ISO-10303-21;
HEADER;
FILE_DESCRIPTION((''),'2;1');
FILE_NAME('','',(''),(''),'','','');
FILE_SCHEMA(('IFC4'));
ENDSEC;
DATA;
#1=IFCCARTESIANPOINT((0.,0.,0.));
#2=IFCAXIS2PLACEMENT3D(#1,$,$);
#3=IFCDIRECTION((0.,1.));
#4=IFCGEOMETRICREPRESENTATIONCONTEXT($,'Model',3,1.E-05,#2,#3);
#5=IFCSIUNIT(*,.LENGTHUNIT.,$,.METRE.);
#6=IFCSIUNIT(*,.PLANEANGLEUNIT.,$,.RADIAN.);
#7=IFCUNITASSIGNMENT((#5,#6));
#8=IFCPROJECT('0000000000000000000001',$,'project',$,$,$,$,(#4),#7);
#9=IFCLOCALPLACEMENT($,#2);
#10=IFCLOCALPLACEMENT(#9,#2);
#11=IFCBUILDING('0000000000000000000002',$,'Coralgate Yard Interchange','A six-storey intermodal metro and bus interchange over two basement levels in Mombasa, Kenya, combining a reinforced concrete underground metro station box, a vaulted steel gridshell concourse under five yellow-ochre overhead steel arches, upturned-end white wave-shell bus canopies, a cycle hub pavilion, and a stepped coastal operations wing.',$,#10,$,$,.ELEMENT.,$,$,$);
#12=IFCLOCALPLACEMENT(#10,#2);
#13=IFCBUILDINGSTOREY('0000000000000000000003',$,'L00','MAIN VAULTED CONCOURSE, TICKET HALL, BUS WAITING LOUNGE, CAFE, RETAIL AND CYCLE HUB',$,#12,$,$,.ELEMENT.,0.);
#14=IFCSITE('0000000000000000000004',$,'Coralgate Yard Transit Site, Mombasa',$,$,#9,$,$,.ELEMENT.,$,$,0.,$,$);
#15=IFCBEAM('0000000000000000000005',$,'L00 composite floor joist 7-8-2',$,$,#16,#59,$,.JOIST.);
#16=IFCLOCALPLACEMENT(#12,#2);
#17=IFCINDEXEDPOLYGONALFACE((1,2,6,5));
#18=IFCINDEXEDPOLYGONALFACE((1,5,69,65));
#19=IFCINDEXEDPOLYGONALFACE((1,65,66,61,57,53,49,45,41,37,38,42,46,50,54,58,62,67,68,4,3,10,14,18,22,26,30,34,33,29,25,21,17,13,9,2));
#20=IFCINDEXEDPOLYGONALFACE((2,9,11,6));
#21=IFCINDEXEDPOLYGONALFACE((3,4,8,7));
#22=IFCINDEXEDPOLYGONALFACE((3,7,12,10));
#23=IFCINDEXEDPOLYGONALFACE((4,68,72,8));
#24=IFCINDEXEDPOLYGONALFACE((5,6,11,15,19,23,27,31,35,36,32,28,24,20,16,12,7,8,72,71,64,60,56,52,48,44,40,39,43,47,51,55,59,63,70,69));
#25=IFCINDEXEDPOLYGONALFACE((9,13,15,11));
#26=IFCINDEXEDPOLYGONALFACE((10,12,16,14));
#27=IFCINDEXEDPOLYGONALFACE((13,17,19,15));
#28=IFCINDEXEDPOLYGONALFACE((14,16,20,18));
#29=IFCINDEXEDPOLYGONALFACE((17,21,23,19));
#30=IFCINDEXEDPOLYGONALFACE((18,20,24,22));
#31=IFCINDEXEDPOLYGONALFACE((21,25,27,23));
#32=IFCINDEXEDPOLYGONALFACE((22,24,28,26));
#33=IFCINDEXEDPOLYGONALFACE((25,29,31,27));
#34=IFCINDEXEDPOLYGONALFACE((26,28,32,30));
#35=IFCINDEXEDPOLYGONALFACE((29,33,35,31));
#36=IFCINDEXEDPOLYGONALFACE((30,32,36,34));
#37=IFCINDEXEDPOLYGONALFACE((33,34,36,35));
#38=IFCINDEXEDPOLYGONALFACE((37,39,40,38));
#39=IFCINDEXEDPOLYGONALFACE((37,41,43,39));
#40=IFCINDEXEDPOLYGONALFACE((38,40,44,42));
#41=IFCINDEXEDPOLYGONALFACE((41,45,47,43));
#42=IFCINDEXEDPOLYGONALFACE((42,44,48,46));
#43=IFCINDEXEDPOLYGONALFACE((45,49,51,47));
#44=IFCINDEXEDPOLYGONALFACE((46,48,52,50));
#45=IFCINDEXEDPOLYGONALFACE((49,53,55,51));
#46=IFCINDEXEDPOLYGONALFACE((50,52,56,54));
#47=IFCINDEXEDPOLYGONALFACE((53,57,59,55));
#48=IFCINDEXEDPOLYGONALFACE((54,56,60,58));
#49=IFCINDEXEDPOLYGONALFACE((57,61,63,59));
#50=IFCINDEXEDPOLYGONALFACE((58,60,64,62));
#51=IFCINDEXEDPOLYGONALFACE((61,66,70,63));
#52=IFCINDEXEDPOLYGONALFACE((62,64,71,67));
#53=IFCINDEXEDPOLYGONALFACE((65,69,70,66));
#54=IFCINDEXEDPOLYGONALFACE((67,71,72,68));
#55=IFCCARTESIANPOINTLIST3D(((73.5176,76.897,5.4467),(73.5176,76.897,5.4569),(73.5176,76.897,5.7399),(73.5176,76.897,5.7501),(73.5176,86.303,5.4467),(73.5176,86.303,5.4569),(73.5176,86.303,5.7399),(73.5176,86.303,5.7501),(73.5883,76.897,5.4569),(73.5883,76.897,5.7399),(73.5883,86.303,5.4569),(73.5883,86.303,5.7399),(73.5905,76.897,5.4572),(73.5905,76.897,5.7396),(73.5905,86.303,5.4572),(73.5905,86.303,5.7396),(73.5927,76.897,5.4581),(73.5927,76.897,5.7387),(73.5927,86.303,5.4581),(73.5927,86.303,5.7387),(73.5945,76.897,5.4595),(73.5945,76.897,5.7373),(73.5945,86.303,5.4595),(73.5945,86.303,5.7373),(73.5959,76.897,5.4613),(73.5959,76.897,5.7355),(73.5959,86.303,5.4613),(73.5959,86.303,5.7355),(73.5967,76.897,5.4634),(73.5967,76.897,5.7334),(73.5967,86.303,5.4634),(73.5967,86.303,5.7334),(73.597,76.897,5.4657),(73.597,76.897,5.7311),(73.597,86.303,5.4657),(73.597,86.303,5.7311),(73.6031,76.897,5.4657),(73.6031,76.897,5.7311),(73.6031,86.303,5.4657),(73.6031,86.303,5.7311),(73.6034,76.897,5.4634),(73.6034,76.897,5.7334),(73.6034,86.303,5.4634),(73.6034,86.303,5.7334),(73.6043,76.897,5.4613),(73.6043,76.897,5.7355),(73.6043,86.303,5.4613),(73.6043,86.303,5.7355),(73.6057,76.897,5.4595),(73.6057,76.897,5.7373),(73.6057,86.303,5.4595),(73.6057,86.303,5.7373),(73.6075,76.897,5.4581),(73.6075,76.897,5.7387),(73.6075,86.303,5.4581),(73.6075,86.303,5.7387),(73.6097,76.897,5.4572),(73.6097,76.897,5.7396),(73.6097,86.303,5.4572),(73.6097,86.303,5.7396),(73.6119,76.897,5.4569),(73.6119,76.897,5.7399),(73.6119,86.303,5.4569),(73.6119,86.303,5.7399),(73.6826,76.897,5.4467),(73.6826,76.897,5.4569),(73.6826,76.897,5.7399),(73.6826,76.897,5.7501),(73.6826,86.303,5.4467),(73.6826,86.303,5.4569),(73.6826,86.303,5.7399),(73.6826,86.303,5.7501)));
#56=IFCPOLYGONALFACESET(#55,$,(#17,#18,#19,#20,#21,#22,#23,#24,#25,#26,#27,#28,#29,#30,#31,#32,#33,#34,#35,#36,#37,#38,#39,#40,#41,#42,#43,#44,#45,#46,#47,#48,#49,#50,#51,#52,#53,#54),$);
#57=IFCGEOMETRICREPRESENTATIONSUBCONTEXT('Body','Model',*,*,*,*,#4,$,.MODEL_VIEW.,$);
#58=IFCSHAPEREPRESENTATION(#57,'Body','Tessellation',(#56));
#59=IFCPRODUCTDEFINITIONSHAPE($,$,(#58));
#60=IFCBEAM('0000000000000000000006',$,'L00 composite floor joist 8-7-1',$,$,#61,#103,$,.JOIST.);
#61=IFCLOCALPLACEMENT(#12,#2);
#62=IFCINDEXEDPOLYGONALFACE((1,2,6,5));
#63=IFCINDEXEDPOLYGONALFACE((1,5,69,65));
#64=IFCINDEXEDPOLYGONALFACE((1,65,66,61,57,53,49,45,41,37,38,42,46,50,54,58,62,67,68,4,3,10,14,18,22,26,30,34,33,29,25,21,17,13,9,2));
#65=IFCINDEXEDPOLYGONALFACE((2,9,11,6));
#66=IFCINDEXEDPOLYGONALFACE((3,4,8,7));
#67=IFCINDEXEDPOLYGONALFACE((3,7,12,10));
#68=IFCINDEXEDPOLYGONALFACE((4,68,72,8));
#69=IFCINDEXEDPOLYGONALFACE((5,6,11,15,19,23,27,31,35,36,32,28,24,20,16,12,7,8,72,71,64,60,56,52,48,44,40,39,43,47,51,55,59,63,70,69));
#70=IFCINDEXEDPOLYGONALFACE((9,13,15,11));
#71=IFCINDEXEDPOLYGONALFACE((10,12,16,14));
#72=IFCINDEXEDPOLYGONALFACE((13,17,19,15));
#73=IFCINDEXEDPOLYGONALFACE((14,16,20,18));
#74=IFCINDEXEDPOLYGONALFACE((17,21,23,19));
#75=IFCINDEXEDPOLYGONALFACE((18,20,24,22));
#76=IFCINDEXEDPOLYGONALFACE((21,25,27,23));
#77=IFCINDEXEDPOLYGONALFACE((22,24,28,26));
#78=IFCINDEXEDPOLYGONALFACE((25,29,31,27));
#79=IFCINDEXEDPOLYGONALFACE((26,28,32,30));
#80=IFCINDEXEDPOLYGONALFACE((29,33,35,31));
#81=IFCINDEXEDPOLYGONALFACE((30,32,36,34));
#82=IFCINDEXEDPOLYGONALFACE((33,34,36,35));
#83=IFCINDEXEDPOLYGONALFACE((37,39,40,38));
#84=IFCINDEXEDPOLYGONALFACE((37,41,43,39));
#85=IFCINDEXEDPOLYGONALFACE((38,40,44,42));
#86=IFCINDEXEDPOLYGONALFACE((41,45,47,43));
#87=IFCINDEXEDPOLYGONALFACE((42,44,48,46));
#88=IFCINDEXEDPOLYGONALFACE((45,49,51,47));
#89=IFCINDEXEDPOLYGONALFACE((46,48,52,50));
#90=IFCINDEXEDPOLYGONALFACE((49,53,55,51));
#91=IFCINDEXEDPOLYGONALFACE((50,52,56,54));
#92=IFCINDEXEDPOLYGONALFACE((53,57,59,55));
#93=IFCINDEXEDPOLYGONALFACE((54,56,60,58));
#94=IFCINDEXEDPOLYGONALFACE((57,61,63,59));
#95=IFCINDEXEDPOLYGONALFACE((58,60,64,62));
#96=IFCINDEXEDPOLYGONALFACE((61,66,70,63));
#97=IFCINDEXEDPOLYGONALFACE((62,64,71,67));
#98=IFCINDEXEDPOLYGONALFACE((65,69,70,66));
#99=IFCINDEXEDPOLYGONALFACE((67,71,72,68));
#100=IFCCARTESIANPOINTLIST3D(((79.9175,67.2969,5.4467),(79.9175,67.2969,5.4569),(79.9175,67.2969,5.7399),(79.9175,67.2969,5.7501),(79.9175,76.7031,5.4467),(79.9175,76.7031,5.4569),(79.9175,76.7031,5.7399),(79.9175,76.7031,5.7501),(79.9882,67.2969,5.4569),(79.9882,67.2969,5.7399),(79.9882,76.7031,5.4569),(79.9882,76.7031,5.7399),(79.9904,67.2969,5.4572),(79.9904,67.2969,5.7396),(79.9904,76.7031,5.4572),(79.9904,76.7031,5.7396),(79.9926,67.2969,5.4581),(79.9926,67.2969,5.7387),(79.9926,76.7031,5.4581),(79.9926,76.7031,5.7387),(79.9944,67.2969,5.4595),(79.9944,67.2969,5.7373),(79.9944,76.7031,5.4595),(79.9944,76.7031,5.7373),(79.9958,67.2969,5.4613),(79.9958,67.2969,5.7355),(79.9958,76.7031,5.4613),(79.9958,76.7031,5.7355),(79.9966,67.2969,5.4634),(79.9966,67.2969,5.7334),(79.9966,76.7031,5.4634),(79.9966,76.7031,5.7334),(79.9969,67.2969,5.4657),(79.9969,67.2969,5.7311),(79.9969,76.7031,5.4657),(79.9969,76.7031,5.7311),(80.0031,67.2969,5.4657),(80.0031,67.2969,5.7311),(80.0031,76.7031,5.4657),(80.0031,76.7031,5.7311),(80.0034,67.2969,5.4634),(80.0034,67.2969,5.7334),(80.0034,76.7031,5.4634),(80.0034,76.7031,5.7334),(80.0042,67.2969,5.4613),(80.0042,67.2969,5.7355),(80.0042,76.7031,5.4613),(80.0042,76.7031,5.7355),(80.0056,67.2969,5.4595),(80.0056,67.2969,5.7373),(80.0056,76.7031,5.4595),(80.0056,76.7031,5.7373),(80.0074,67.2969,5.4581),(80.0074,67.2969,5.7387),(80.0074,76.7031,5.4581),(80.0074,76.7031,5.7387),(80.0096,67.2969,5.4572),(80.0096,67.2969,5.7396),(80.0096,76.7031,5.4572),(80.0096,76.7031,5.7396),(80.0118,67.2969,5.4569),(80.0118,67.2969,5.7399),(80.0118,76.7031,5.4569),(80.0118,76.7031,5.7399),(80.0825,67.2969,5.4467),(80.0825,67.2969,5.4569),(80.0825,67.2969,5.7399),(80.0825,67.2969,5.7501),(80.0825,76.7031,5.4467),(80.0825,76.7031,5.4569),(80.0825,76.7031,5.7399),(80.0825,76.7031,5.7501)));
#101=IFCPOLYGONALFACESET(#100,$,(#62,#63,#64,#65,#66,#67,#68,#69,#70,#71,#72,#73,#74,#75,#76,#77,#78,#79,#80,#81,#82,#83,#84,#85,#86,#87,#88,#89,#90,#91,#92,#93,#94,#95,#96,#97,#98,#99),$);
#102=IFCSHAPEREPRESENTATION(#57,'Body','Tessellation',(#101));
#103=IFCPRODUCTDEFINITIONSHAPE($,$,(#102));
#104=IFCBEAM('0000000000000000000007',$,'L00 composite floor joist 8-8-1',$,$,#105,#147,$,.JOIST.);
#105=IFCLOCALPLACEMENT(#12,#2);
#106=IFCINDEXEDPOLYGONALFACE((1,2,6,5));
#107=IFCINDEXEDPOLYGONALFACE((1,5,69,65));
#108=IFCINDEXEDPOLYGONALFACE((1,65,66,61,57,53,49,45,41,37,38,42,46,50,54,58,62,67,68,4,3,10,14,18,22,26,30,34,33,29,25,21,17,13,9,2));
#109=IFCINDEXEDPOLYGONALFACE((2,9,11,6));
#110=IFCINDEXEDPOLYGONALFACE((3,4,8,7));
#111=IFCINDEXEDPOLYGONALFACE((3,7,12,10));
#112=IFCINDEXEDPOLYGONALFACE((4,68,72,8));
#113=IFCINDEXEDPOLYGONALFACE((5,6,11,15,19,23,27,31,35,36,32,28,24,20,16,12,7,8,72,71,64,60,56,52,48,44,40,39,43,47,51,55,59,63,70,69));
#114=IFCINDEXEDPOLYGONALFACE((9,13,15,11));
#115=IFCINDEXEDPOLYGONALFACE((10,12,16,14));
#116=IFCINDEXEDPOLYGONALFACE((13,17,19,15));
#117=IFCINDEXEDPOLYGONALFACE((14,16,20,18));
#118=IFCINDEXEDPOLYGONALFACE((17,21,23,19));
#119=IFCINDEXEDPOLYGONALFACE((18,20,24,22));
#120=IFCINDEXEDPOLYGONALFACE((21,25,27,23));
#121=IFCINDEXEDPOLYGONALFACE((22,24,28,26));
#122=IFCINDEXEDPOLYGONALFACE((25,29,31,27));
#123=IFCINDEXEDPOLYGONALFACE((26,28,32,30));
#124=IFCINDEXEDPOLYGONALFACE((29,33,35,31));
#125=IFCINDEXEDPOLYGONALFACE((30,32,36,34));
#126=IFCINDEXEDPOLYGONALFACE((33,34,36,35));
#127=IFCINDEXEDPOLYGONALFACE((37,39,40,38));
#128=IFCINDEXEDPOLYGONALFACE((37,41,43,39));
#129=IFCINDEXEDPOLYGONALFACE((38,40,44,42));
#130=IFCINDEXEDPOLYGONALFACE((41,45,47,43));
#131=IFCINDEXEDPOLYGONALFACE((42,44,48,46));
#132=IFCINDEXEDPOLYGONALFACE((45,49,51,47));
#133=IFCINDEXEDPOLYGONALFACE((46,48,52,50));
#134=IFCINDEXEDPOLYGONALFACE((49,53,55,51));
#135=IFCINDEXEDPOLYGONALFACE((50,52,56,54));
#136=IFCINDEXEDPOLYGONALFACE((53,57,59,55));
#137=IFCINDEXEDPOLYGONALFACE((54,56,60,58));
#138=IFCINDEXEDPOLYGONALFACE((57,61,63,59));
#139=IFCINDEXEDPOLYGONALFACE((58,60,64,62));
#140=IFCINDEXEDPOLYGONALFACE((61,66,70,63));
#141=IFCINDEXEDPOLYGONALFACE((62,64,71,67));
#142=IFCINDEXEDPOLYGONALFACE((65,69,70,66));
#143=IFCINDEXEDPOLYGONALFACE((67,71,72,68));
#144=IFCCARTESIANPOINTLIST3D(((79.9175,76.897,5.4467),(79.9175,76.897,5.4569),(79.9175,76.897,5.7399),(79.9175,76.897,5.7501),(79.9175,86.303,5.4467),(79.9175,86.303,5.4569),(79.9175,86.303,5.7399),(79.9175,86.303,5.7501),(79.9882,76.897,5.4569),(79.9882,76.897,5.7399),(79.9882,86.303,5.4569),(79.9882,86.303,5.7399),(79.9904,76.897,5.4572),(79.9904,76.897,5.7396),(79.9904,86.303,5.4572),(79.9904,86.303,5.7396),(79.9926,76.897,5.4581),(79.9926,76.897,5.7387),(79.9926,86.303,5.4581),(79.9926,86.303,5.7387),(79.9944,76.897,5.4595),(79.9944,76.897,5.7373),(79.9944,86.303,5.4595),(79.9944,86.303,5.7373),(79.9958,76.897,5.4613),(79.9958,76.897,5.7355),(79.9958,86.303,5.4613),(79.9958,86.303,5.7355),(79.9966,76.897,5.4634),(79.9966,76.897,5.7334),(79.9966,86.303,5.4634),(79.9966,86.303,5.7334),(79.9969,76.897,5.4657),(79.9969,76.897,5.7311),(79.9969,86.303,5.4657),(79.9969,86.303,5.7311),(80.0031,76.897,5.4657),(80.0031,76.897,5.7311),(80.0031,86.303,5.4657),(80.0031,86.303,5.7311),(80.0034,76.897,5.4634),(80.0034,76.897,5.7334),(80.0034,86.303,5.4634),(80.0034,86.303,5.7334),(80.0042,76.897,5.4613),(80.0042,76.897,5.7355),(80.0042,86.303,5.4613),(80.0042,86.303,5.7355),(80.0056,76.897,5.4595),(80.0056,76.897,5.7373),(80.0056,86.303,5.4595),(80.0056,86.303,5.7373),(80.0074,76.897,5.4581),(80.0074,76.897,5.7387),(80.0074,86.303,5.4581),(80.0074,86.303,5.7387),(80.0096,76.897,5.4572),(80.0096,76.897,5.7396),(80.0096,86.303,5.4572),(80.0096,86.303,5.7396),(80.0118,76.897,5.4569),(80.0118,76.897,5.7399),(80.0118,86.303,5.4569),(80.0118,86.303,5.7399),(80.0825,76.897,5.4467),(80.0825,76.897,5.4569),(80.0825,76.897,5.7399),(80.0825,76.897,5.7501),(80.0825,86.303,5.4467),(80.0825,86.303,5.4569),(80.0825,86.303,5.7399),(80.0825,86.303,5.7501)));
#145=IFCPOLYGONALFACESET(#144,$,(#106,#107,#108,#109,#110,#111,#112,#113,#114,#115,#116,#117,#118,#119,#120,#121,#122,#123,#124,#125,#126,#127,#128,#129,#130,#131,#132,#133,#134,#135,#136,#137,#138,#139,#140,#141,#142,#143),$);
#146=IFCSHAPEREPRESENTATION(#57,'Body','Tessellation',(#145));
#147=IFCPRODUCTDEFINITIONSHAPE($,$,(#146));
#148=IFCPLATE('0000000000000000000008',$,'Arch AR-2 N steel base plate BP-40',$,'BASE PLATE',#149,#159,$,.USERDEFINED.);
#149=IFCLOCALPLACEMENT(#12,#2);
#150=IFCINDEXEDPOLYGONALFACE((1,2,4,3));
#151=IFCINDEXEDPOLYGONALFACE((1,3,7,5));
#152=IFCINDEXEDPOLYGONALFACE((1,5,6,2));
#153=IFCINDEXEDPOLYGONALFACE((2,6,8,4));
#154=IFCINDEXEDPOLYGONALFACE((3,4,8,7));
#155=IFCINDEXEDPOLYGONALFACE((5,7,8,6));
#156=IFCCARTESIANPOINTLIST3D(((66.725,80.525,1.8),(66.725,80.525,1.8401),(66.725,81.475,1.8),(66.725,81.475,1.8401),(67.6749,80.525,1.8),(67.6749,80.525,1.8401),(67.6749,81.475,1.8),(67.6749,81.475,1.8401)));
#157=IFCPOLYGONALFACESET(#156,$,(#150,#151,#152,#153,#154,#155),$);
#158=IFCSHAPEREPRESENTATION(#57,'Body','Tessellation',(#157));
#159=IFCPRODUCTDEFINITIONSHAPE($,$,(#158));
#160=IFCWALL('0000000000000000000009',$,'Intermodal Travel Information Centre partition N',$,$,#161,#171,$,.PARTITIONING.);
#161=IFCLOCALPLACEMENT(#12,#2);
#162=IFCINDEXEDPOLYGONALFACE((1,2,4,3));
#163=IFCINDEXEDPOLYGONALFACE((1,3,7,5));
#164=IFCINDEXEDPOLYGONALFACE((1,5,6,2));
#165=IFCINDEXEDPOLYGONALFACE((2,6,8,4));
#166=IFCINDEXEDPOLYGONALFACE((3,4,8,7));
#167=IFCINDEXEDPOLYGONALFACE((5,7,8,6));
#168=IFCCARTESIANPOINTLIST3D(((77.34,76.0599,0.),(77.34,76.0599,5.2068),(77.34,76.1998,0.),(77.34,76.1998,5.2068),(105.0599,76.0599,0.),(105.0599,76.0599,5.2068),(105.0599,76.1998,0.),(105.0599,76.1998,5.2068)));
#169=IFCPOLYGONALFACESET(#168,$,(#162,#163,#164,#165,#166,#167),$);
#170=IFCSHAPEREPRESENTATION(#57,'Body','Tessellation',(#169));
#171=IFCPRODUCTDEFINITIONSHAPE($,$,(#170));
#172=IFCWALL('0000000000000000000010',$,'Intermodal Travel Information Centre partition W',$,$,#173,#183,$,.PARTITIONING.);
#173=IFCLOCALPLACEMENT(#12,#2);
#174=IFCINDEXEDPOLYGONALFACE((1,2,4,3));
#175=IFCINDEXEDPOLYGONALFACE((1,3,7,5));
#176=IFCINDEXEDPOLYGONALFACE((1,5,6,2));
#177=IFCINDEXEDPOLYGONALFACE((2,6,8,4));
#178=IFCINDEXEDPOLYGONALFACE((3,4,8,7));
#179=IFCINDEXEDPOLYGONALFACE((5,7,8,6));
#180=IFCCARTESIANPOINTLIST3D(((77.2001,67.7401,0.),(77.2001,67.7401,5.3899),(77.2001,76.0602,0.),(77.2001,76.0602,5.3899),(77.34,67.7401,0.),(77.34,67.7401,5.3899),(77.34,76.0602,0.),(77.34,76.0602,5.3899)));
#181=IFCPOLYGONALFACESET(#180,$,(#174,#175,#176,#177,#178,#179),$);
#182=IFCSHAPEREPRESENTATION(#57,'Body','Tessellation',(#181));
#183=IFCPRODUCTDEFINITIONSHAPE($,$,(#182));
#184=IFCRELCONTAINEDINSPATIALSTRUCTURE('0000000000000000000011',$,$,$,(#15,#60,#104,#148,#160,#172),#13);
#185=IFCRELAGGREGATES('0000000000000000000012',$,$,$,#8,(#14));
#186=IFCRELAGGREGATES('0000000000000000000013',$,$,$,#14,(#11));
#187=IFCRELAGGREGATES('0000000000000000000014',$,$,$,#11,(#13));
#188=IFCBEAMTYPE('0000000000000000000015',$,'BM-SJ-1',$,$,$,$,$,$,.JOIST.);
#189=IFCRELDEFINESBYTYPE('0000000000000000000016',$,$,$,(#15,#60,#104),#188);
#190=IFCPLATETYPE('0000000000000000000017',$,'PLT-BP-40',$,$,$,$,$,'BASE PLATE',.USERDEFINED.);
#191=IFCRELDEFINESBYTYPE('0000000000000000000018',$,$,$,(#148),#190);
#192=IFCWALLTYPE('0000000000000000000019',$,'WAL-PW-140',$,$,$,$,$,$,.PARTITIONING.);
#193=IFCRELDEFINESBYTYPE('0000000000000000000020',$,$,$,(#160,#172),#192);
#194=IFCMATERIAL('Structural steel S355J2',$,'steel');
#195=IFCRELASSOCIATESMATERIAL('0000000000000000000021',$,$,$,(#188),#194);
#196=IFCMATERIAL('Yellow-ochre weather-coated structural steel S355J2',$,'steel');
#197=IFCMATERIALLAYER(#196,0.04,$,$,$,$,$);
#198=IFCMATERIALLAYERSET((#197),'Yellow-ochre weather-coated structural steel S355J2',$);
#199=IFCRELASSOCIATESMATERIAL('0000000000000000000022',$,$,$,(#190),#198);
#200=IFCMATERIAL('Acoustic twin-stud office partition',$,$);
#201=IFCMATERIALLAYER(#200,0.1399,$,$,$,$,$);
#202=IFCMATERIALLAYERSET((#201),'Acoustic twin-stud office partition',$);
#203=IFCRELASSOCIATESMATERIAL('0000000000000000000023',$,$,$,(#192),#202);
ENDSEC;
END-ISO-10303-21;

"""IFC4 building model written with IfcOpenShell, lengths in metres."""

from ifc_helpers import new_model, si_unit, direction, frame, frame_2d, origin, origin_2d, place, context, subcontext, project, spatial, rectangle, i_section, extrude, material, layer, layer_set, material_profile, profile_set, type_object, element, save


model = new_model("IFC4")

# Units and contexts
model_context = context("Model", 3, precision=1e-05, world=origin(), true_north=direction((0.0, 1.0)))
body_context = subcontext(model_context, "Body", "Model", "MODEL_VIEW")
ifc_project = project(units=[si_unit("LENGTHUNIT", "METRE"), si_unit("PLANEANGLEUNIT", "RADIAN")], contexts=[model_context])

# Site, building, storey
site_placement = place(None, origin())
site = spatial("IfcSite", under=ifc_project, at=site_placement, Name="Coralgate Yard Transit Site, Mombasa", CompositionType="ELEMENT", RefElevation=0.0)
building_placement = place(site_placement, origin())
building = spatial("IfcBuilding", under=site, at=building_placement, Name="Coralgate Yard Interchange", Description="A six-storey intermodal metro and bus interchange over two basement levels in Mombasa, Kenya, combining a reinforced concrete underground metro station box, a vaulted steel gridshell concourse under five yellow-ochre overhead steel arches, upturned-end white wave-shell bus canopies, a cycle hub pavilion, and a stepped coastal operations wing.", CompositionType="ELEMENT")
storey_placement = place(building_placement, origin())
storey = spatial("IfcBuildingStorey", under=building, at=storey_placement, Name="L00", Description="MAIN VAULTED CONCOURSE, TICKET HALL, BUS WAITING LOUNGE, CAFE, RETAIL AND CYCLE HUB", CompositionType="ELEMENT", Elevation=0.0)

# Shared definitions
ifc_material_1 = material(Name="Structural steel S355J2", Category="steel")

# Beams
ifc_material_profile_1 = material_profile(ifc_material_1, i_section(OverallWidth=0.165, OverallDepth=0.3035, WebThickness=0.0061, FlangeThickness=0.0103, FilletRadius=0.0088, at=origin_2d()), Name="UB 305x165x40")
ifc_profile_set_1 = profile_set([ifc_material_profile_1], Name="Structural steel S355J2")
beam_type_1 = type_object("IfcBeamType", Name="BM-SJ-1", PredefinedType="JOIST", material=ifc_profile_set_1)
for number, where, z_axis, x_axis, name in (
    (1, (73.6001, 76.897, 5.5984), (0.0, 1.0, 0.0), (-1.0, 0.0, 0.0), "L00 composite floor joist 7-8-2"),
):
    element("IfcBeam", number, at=place(storey_placement, frame(where, z_axis=z_axis, x_axis=x_axis)), inside=storey, type_object=beam_type_1, Name=name, PredefinedType="JOIST", context=body_context, shape_type="SweptSolid", body=[
        extrude(i_section(OverallWidth=0.165, OverallDepth=0.3035, WebThickness=0.0061, FlangeThickness=0.0103, FilletRadius=0.0088, at=origin_2d()), origin(), (0.0, 0.0, 1.0), 9.406),
    ])
beam_1_placement = place(storey_placement, frame((80.0, 67.2969, 5.5984), z_axis=(0.0, 1.0, 0.0), x_axis=(-1.0, 0.0, 0.0)))
element("IfcBeam", 2, at=beam_1_placement, inside=storey, type_object=beam_type_1, Name="L00 composite floor joist 8-7-1", PredefinedType="JOIST", context=body_context, shape_type="SweptSolid", body=[
    extrude(i_section(OverallWidth=0.165, OverallDepth=0.3035, WebThickness=0.0061, FlangeThickness=0.0103, FilletRadius=0.0088, at=origin_2d()), origin(), (0.0, 0.0, 1.0), 9.4062),
])
beam_2_placement = place(storey_placement, frame((80.0, 76.897, 5.5984), z_axis=(0.0, 1.0, 0.0), x_axis=(-1.0, 0.0, 0.0)))
element("IfcBeam", 3, at=beam_2_placement, inside=storey, type_object=beam_type_1, Name="L00 composite floor joist 8-8-1", PredefinedType="JOIST", context=body_context, shape_type="SweptSolid", body=[
    extrude(i_section(OverallWidth=0.165, OverallDepth=0.3035, WebThickness=0.0061, FlangeThickness=0.0103, FilletRadius=0.0088, at=origin_2d()), origin(), (0.0, 0.0, 1.0), 9.406),
])

# Plate
ifc_material_2 = material(Name="Yellow-ochre weather-coated structural steel S355J2", Category="steel")
ifc_layer_1 = layer(ifc_material_2, 0.04)
ifc_layer_set_1 = layer_set([ifc_layer_1], Name="Yellow-ochre weather-coated structural steel S355J2")
plate_type = type_object("IfcPlateType", Name="PLT-BP-40", ElementType="BASE PLATE", PredefinedType="USERDEFINED", material=ifc_layer_set_1)
plate_placement = place(storey_placement, frame((67.2, 81.0, 1.8), z_axis=(0.0, 0.0, 1.0), x_axis=(1.0, 0.0, 0.0)))
element("IfcPlate", 4, at=plate_placement, inside=storey, type_object=plate_type, Name="Arch AR-2 N steel base plate BP-40", ObjectType="BASE PLATE", PredefinedType="USERDEFINED", context=body_context, shape_type="SweptSolid", body=[
    extrude(rectangle(XDim=0.95, YDim=0.95, at=origin_2d()), origin(), (0.0, 0.0, 1.0), 0.04),
])

# Walls
ifc_material_3 = material(Name="Acoustic twin-stud office partition")
ifc_layer_2 = layer(ifc_material_3, 0.1399)
ifc_layer_set_2 = layer_set([ifc_layer_2], Name="Acoustic twin-stud office partition")
wall_type_1 = type_object("IfcWallType", Name="WAL-PW-140", PredefinedType="PARTITIONING", material=ifc_layer_set_2)
wall_1_placement = place(storey_placement, frame((77.3401, 76.1299, 0.0), z_axis=(0.0, 0.0, 1.0), x_axis=(1.0, 0.0, 0.0)))
element("IfcWall", 5, at=wall_1_placement, inside=storey, type_object=wall_type_1, Name="Intermodal Travel Information Centre partition N", PredefinedType="PARTITIONING", context=body_context, shape_type="SweptSolid", body=[
    extrude(rectangle(XDim=27.72, YDim=0.1399, at=frame_2d((13.8599, 0.0))), origin(), (0.0, 0.0, 1.0), 5.2068),
])
wall_2_placement = place(storey_placement, frame((77.27, 67.74, 0.0), z_axis=(0.0, 0.0, 1.0), x_axis=(0.0, 1.0, 0.0)))
element("IfcWall", 6, at=wall_2_placement, inside=storey, type_object=wall_type_1, Name="Intermodal Travel Information Centre partition W", PredefinedType="PARTITIONING", context=body_context, shape_type="SweptSolid", body=[
    extrude(rectangle(XDim=8.3201, YDim=0.1399, at=frame_2d((4.1602, 0.0))), origin(), (0.0, 0.0, 1.0), 5.3899),
])

save(model, "model.ifc")
